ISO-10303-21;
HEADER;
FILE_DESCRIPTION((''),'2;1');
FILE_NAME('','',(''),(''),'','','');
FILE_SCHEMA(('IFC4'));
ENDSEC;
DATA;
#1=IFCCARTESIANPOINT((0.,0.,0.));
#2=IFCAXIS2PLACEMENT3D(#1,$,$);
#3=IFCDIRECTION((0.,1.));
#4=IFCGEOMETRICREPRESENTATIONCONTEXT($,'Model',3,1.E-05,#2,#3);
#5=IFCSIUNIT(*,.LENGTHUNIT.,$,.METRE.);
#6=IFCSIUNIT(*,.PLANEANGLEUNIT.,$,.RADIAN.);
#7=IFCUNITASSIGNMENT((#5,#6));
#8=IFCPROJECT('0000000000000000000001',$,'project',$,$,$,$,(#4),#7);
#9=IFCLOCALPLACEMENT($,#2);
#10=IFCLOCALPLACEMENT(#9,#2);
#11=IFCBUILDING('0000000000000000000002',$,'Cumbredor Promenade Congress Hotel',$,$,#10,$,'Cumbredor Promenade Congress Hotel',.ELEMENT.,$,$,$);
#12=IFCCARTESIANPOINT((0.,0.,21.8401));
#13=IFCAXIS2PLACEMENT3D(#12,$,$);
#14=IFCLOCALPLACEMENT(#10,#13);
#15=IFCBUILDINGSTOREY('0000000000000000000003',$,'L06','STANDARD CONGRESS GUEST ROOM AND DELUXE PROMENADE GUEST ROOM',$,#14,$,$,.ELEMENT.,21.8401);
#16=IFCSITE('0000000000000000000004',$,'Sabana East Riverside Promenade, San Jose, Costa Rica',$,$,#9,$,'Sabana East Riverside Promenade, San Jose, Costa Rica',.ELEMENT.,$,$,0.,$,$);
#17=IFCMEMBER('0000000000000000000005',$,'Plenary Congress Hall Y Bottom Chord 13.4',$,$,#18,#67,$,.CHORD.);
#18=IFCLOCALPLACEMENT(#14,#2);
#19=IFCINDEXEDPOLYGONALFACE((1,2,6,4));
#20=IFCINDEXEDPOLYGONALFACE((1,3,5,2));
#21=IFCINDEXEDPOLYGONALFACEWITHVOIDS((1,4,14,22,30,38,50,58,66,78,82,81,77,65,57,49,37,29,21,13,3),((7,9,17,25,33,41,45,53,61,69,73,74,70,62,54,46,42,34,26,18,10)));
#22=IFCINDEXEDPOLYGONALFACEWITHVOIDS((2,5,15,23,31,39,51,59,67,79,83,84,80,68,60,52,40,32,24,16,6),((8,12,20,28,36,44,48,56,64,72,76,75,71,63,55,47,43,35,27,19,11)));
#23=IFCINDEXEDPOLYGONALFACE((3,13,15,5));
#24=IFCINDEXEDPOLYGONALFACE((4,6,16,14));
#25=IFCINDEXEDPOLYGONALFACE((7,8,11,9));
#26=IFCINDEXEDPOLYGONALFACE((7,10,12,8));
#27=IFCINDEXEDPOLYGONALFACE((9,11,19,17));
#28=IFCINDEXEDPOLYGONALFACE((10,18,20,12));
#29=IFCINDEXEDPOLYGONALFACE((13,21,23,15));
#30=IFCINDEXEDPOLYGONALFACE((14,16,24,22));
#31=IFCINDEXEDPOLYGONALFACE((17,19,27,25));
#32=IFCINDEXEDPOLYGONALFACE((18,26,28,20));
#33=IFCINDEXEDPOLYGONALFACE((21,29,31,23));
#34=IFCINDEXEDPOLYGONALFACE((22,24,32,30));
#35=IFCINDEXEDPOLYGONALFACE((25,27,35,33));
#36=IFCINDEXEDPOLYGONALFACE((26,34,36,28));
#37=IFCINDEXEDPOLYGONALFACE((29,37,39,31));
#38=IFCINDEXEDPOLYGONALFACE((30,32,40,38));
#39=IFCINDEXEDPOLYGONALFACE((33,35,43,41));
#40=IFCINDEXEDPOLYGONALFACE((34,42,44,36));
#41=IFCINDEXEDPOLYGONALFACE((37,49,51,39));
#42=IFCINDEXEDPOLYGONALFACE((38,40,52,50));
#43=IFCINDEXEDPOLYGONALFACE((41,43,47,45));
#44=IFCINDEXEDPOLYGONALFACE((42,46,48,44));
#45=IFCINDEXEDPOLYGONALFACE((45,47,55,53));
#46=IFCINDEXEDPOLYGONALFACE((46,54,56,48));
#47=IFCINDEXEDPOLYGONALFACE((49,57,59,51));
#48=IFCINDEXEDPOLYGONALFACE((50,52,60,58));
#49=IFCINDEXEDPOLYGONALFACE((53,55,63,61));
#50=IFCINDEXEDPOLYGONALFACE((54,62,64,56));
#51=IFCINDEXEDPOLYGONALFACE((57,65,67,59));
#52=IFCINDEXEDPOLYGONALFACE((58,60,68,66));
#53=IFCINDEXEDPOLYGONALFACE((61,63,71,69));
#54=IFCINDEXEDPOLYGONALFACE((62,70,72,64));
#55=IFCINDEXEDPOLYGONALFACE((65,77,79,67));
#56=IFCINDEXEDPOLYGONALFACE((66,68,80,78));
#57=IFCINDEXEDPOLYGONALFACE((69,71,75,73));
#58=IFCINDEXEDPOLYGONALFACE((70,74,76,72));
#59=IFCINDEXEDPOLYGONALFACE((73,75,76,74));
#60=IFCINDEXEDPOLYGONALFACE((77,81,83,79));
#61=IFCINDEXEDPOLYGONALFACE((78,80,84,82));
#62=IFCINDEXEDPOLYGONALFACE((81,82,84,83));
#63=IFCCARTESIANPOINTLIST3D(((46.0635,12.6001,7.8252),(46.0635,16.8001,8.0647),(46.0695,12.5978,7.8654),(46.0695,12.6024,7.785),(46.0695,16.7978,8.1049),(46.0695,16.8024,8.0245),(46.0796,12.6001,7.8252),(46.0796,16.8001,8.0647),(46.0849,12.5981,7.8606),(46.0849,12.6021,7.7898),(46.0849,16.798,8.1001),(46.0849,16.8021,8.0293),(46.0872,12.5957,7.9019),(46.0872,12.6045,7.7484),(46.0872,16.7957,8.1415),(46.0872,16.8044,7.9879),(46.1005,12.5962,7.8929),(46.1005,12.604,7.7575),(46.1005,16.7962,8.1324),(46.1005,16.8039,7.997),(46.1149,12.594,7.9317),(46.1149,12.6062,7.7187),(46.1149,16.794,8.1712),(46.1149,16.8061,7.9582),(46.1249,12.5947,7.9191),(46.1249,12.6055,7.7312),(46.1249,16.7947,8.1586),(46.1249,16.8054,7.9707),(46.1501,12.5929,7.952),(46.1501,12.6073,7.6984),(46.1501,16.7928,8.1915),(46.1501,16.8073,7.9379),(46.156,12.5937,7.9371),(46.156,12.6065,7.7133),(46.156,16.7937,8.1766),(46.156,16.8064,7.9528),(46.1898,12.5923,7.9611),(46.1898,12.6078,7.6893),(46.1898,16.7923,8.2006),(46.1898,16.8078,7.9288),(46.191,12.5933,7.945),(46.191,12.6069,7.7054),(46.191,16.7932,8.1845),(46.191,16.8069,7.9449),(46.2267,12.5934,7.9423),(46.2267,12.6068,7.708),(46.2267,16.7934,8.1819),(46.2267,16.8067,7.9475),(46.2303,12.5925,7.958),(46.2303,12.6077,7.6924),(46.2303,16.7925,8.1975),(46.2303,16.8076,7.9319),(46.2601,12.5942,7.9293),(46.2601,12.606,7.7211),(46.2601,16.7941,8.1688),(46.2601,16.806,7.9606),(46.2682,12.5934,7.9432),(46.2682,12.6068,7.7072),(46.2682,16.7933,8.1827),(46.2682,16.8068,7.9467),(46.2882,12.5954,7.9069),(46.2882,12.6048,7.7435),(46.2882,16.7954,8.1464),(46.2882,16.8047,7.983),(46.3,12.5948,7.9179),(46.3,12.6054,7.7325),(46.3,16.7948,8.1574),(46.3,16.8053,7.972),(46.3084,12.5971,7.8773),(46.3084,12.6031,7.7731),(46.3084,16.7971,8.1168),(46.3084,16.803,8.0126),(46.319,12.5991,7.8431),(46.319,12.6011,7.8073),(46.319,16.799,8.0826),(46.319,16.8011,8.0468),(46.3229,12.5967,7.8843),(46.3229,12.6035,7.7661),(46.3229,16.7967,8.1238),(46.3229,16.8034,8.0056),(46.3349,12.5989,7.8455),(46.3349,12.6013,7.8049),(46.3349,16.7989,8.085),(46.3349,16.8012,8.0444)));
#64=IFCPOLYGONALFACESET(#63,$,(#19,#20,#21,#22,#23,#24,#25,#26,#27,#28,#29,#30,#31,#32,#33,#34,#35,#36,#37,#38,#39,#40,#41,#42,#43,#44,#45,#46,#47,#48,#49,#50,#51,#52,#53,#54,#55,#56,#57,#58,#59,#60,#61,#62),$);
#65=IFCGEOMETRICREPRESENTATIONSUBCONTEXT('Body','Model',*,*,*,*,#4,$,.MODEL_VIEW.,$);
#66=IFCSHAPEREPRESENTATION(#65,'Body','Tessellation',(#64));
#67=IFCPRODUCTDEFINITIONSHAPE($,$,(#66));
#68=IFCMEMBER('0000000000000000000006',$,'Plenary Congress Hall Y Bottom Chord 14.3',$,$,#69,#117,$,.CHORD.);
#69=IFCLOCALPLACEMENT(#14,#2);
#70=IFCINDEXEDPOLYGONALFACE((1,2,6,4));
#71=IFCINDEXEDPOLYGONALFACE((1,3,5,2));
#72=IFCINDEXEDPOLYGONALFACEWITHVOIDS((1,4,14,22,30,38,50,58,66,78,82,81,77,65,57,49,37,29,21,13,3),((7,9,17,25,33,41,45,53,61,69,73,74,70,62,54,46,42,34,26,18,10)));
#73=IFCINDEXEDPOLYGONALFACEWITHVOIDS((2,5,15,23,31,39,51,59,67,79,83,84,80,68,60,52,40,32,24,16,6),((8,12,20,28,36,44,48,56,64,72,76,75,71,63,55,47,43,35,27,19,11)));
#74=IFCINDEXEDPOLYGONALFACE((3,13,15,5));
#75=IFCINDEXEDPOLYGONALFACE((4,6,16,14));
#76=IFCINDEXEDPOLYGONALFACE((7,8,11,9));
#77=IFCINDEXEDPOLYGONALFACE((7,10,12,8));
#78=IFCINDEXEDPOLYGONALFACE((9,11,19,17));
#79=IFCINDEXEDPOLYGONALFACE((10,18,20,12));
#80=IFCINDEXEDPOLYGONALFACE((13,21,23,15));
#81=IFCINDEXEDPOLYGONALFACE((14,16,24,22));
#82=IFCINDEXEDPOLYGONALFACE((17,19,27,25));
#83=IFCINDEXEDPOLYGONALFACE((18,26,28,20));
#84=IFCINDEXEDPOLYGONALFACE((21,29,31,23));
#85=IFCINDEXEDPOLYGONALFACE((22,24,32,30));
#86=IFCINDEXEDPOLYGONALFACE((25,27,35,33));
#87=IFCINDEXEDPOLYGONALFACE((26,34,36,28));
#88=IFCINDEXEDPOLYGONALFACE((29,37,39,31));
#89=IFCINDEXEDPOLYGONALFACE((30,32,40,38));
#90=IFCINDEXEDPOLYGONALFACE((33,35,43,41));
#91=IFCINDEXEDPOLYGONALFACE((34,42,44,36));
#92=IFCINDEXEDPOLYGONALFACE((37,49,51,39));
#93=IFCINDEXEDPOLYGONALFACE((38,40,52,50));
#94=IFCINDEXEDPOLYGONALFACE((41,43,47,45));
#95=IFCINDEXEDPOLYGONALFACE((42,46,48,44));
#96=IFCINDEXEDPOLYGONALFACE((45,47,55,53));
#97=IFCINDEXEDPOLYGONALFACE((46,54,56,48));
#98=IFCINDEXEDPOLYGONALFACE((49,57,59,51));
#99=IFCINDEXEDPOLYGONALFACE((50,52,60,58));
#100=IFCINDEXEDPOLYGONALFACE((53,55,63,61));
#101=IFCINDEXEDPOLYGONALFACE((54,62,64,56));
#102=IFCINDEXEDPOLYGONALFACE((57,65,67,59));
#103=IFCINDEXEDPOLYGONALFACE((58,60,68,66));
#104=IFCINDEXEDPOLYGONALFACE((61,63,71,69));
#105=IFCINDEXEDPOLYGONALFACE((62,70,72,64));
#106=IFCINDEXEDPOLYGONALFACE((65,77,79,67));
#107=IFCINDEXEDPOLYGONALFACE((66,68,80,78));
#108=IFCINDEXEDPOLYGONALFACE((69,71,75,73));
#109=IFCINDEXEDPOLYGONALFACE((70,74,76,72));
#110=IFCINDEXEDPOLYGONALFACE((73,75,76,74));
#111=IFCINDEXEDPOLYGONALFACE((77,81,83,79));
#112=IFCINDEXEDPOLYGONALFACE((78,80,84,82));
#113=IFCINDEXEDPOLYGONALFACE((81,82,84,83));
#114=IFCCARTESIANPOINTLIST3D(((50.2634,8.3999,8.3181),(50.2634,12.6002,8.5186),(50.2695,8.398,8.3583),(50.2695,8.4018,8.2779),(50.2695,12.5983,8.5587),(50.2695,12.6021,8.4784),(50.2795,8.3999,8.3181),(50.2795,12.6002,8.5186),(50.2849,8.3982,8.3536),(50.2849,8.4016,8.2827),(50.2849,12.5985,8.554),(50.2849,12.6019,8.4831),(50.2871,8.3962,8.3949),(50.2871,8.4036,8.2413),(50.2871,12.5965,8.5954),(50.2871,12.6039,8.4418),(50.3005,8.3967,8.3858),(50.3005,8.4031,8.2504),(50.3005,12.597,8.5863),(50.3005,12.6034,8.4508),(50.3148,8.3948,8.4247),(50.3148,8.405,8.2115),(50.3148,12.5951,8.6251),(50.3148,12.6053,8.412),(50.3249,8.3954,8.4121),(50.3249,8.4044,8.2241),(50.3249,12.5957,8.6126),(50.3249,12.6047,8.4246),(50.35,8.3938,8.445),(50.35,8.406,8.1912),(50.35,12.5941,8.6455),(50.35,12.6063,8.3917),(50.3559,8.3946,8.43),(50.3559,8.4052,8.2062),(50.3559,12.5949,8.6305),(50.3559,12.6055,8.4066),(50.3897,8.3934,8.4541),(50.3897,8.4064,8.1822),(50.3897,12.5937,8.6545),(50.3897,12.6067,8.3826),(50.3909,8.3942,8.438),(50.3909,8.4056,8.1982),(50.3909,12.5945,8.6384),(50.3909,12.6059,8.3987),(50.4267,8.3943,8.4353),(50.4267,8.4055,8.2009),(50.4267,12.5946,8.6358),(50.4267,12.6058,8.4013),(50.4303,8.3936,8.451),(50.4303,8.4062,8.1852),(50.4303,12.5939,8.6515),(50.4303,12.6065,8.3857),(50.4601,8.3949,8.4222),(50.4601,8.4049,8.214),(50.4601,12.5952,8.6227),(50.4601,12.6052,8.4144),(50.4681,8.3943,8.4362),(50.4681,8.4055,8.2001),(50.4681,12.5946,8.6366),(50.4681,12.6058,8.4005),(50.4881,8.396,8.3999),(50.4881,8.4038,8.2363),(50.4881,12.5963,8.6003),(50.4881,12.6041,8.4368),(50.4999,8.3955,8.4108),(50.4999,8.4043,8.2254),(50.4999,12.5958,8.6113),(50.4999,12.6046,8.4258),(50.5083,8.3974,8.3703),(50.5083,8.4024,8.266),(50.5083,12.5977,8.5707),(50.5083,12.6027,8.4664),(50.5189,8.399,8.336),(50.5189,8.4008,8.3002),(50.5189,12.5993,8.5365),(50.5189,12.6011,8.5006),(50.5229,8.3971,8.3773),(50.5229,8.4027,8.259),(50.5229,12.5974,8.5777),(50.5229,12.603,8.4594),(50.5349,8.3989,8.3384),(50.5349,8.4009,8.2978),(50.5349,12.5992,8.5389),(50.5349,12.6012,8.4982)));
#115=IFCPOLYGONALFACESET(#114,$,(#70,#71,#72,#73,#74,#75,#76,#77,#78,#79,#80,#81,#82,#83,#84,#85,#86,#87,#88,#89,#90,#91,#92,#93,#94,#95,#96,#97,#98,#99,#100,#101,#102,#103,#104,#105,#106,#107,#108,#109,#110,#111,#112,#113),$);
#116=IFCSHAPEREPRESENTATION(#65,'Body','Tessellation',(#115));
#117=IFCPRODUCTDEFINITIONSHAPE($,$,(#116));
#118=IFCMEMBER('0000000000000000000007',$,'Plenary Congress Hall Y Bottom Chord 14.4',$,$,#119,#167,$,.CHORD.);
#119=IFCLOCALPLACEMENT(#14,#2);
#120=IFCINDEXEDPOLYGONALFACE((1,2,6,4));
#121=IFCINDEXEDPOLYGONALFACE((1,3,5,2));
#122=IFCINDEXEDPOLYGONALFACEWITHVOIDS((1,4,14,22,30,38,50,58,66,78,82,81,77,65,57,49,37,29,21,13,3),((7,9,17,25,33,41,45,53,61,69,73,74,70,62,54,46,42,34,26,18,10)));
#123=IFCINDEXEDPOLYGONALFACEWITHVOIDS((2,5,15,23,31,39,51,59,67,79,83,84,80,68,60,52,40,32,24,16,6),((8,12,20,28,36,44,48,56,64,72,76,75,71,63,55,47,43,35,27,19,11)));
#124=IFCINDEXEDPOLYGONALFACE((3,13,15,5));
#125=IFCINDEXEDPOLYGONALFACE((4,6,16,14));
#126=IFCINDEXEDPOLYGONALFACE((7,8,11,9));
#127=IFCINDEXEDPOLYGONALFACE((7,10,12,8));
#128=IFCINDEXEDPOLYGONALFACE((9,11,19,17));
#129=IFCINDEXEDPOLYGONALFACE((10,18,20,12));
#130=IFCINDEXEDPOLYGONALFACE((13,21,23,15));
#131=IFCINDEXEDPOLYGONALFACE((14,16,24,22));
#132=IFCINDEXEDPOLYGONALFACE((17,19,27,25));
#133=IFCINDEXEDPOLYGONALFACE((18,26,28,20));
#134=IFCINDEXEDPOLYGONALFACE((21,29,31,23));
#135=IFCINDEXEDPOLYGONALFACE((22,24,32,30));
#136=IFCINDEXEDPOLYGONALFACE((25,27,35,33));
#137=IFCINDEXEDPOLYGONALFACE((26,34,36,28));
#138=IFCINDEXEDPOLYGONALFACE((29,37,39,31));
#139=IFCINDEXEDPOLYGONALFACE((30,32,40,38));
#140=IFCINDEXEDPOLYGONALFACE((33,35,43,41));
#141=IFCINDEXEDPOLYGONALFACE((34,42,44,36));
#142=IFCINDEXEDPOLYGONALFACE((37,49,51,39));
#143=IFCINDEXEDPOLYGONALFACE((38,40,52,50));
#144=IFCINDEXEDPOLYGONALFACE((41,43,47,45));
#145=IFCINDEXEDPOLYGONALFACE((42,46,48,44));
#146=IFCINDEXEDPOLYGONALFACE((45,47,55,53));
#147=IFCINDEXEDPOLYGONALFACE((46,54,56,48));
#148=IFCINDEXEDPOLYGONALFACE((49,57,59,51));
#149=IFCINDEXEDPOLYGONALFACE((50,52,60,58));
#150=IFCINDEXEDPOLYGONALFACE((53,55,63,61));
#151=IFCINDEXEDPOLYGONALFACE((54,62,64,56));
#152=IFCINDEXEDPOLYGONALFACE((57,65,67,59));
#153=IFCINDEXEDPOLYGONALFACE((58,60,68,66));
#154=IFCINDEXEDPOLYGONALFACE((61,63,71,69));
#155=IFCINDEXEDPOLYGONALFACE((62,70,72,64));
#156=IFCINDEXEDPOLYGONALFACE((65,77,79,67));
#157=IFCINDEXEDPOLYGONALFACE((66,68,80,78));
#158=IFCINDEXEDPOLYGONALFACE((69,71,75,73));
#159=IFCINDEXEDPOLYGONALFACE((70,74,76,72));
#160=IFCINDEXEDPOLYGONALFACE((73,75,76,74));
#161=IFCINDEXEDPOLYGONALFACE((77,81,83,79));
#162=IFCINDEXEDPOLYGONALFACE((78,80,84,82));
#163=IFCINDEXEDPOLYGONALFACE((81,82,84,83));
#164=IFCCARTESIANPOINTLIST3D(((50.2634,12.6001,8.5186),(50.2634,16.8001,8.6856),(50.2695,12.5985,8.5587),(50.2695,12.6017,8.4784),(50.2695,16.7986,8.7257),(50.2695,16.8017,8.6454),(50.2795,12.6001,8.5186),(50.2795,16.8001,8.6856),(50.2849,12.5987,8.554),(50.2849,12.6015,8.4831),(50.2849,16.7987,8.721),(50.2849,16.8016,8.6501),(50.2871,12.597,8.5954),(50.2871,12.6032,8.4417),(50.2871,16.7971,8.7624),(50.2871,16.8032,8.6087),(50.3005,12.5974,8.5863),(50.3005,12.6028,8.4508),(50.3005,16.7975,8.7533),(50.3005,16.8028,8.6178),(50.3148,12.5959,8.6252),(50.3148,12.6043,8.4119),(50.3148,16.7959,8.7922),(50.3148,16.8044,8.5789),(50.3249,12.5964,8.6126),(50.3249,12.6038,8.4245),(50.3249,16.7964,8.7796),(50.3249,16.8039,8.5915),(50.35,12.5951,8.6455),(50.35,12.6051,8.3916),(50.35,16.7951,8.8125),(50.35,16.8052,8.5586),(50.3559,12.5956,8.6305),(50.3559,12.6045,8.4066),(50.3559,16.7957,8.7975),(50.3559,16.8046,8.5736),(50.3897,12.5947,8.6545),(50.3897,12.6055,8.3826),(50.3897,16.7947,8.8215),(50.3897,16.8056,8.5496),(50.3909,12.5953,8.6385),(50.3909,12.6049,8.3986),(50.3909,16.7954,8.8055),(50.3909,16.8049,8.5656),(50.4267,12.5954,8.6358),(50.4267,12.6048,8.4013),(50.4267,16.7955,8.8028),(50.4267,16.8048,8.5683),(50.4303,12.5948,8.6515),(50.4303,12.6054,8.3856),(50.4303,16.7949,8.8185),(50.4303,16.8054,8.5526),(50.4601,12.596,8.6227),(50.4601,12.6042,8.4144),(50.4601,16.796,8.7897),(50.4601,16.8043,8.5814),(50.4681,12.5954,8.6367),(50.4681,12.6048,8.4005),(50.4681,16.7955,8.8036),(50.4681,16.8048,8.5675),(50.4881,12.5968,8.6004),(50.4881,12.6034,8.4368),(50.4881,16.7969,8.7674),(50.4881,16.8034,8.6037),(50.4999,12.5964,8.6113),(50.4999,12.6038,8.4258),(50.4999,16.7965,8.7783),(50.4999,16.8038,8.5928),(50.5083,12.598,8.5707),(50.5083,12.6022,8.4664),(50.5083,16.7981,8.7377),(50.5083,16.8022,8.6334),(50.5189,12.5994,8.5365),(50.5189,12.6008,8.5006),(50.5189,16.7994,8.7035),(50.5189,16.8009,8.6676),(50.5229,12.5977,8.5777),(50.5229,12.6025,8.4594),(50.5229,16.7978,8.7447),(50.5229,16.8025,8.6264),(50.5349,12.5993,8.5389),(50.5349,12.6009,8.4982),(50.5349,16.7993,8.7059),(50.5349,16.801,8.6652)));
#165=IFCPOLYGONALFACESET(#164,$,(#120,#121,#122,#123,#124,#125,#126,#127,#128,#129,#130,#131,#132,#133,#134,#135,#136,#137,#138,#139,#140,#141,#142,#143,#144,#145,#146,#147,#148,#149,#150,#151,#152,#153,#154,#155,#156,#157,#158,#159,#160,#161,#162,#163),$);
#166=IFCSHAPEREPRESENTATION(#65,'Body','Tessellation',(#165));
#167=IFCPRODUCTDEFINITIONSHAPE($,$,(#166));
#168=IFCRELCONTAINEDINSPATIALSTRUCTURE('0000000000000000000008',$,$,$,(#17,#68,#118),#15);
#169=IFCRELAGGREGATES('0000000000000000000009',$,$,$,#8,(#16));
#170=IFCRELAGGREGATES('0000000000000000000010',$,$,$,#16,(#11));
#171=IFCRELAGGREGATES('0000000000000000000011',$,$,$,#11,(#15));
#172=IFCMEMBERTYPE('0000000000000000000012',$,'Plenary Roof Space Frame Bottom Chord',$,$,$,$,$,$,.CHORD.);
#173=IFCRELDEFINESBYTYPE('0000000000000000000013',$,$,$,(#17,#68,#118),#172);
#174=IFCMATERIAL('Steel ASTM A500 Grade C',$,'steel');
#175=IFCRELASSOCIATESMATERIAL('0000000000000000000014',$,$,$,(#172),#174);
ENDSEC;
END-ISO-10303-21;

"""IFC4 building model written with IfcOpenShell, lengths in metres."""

from ifc_helpers import new_model, si_unit, direction, frame, origin, origin_2d, place, context, subcontext, project, spatial, hollow_circle, extrude, material, material_profile, profile_set, type_object, element, save


model = new_model("IFC4")

# Units and contexts
model_context = context("Model", 3, precision=1e-05, world=origin(), true_north=direction((0.0, 1.0)))
body_context = subcontext(model_context, "Body", "Model", "MODEL_VIEW")
ifc_project = project(units=[si_unit("LENGTHUNIT", "METRE"), si_unit("PLANEANGLEUNIT", "RADIAN")], contexts=[model_context])

# Site, building, storey
site_placement = place(None, origin())
site = spatial("IfcSite", under=ifc_project, at=site_placement, Name="Sabana East Riverside Promenade, San Jose, Costa Rica", LongName="Sabana East Riverside Promenade, San Jose, Costa Rica", CompositionType="ELEMENT", RefElevation=0.0)
building_placement = place(site_placement, origin())
building = spatial("IfcBuilding", under=site, at=building_placement, Name="Cumbredor Promenade Congress Hotel", LongName="Cumbredor Promenade Congress Hotel", CompositionType="ELEMENT")
storey_placement = place(building_placement, frame((0.0, 0.0, 21.8401)))
storey = spatial("IfcBuildingStorey", under=building, at=storey_placement, Name="L06", Description="STANDARD CONGRESS GUEST ROOM AND DELUXE PROMENADE GUEST ROOM", CompositionType="ELEMENT", Elevation=21.8401)

# Members
ifc_material_1 = material(Name="Steel ASTM A500 Grade C", Category="steel")
ifc_material_profile_1 = material_profile(ifc_material_1, hollow_circle(Radius=0.1365, WallThickness=0.0161, at=origin_2d()), Name="CHS 273.0x16")
ifc_profile_set_1 = profile_set([ifc_material_profile_1], Name="Steel ASTM A500 Grade C")
member_type_1 = type_object("IfcMemberType", Name="Plenary Roof Space Frame Bottom Chord", PredefinedType="CHORD", material=ifc_profile_set_1)
member_1_placement = place(storey_placement, frame((46.2, 12.6001, 7.8252), z_axis=(0.0, 0.998378, 0.056932), x_axis=(-1.0, 0.0, 0.0)))
element("IfcMember", 1, at=member_1_placement, inside=storey, type_object=member_type_1, Name="Plenary Congress Hall Y Bottom Chord 13.4", PredefinedType="CHORD", context=body_context, shape_type="SweptSolid", body=[
    extrude(hollow_circle(Radius=0.1365, WallThickness=0.0161, at=origin_2d()), origin(), (0.0, 0.0, 1.0), 4.2068),
])
member_2_placement = place(storey_placement, frame((50.3999, 8.3999, 8.3181), z_axis=(0.0, 0.998863, 0.047667), x_axis=(-1.0, 0.0, 0.0)))
element("IfcMember", 2, at=member_2_placement, inside=storey, type_object=member_type_1, Name="Plenary Congress Hall Y Bottom Chord 14.3", PredefinedType="CHORD", context=body_context, shape_type="SweptSolid", body=[
    extrude(hollow_circle(Radius=0.1365, WallThickness=0.0161, at=origin_2d()), origin(), (0.0, 0.0, 1.0), 4.2051),
])
member_3_placement = place(storey_placement, frame((50.3999, 12.6001, 8.5186), z_axis=(0.0, 0.99921, 0.039729), x_axis=(-1.0, 0.0, 0.0)))
element("IfcMember", 3, at=member_3_placement, inside=storey, type_object=member_type_1, Name="Plenary Congress Hall Y Bottom Chord 14.4", PredefinedType="CHORD", context=body_context, shape_type="SweptSolid", body=[
    extrude(hollow_circle(Radius=0.1365, WallThickness=0.0161, at=origin_2d()), origin(), (0.0, 0.0, 1.0), 4.2034),
])

save(model, "model.ifc")
